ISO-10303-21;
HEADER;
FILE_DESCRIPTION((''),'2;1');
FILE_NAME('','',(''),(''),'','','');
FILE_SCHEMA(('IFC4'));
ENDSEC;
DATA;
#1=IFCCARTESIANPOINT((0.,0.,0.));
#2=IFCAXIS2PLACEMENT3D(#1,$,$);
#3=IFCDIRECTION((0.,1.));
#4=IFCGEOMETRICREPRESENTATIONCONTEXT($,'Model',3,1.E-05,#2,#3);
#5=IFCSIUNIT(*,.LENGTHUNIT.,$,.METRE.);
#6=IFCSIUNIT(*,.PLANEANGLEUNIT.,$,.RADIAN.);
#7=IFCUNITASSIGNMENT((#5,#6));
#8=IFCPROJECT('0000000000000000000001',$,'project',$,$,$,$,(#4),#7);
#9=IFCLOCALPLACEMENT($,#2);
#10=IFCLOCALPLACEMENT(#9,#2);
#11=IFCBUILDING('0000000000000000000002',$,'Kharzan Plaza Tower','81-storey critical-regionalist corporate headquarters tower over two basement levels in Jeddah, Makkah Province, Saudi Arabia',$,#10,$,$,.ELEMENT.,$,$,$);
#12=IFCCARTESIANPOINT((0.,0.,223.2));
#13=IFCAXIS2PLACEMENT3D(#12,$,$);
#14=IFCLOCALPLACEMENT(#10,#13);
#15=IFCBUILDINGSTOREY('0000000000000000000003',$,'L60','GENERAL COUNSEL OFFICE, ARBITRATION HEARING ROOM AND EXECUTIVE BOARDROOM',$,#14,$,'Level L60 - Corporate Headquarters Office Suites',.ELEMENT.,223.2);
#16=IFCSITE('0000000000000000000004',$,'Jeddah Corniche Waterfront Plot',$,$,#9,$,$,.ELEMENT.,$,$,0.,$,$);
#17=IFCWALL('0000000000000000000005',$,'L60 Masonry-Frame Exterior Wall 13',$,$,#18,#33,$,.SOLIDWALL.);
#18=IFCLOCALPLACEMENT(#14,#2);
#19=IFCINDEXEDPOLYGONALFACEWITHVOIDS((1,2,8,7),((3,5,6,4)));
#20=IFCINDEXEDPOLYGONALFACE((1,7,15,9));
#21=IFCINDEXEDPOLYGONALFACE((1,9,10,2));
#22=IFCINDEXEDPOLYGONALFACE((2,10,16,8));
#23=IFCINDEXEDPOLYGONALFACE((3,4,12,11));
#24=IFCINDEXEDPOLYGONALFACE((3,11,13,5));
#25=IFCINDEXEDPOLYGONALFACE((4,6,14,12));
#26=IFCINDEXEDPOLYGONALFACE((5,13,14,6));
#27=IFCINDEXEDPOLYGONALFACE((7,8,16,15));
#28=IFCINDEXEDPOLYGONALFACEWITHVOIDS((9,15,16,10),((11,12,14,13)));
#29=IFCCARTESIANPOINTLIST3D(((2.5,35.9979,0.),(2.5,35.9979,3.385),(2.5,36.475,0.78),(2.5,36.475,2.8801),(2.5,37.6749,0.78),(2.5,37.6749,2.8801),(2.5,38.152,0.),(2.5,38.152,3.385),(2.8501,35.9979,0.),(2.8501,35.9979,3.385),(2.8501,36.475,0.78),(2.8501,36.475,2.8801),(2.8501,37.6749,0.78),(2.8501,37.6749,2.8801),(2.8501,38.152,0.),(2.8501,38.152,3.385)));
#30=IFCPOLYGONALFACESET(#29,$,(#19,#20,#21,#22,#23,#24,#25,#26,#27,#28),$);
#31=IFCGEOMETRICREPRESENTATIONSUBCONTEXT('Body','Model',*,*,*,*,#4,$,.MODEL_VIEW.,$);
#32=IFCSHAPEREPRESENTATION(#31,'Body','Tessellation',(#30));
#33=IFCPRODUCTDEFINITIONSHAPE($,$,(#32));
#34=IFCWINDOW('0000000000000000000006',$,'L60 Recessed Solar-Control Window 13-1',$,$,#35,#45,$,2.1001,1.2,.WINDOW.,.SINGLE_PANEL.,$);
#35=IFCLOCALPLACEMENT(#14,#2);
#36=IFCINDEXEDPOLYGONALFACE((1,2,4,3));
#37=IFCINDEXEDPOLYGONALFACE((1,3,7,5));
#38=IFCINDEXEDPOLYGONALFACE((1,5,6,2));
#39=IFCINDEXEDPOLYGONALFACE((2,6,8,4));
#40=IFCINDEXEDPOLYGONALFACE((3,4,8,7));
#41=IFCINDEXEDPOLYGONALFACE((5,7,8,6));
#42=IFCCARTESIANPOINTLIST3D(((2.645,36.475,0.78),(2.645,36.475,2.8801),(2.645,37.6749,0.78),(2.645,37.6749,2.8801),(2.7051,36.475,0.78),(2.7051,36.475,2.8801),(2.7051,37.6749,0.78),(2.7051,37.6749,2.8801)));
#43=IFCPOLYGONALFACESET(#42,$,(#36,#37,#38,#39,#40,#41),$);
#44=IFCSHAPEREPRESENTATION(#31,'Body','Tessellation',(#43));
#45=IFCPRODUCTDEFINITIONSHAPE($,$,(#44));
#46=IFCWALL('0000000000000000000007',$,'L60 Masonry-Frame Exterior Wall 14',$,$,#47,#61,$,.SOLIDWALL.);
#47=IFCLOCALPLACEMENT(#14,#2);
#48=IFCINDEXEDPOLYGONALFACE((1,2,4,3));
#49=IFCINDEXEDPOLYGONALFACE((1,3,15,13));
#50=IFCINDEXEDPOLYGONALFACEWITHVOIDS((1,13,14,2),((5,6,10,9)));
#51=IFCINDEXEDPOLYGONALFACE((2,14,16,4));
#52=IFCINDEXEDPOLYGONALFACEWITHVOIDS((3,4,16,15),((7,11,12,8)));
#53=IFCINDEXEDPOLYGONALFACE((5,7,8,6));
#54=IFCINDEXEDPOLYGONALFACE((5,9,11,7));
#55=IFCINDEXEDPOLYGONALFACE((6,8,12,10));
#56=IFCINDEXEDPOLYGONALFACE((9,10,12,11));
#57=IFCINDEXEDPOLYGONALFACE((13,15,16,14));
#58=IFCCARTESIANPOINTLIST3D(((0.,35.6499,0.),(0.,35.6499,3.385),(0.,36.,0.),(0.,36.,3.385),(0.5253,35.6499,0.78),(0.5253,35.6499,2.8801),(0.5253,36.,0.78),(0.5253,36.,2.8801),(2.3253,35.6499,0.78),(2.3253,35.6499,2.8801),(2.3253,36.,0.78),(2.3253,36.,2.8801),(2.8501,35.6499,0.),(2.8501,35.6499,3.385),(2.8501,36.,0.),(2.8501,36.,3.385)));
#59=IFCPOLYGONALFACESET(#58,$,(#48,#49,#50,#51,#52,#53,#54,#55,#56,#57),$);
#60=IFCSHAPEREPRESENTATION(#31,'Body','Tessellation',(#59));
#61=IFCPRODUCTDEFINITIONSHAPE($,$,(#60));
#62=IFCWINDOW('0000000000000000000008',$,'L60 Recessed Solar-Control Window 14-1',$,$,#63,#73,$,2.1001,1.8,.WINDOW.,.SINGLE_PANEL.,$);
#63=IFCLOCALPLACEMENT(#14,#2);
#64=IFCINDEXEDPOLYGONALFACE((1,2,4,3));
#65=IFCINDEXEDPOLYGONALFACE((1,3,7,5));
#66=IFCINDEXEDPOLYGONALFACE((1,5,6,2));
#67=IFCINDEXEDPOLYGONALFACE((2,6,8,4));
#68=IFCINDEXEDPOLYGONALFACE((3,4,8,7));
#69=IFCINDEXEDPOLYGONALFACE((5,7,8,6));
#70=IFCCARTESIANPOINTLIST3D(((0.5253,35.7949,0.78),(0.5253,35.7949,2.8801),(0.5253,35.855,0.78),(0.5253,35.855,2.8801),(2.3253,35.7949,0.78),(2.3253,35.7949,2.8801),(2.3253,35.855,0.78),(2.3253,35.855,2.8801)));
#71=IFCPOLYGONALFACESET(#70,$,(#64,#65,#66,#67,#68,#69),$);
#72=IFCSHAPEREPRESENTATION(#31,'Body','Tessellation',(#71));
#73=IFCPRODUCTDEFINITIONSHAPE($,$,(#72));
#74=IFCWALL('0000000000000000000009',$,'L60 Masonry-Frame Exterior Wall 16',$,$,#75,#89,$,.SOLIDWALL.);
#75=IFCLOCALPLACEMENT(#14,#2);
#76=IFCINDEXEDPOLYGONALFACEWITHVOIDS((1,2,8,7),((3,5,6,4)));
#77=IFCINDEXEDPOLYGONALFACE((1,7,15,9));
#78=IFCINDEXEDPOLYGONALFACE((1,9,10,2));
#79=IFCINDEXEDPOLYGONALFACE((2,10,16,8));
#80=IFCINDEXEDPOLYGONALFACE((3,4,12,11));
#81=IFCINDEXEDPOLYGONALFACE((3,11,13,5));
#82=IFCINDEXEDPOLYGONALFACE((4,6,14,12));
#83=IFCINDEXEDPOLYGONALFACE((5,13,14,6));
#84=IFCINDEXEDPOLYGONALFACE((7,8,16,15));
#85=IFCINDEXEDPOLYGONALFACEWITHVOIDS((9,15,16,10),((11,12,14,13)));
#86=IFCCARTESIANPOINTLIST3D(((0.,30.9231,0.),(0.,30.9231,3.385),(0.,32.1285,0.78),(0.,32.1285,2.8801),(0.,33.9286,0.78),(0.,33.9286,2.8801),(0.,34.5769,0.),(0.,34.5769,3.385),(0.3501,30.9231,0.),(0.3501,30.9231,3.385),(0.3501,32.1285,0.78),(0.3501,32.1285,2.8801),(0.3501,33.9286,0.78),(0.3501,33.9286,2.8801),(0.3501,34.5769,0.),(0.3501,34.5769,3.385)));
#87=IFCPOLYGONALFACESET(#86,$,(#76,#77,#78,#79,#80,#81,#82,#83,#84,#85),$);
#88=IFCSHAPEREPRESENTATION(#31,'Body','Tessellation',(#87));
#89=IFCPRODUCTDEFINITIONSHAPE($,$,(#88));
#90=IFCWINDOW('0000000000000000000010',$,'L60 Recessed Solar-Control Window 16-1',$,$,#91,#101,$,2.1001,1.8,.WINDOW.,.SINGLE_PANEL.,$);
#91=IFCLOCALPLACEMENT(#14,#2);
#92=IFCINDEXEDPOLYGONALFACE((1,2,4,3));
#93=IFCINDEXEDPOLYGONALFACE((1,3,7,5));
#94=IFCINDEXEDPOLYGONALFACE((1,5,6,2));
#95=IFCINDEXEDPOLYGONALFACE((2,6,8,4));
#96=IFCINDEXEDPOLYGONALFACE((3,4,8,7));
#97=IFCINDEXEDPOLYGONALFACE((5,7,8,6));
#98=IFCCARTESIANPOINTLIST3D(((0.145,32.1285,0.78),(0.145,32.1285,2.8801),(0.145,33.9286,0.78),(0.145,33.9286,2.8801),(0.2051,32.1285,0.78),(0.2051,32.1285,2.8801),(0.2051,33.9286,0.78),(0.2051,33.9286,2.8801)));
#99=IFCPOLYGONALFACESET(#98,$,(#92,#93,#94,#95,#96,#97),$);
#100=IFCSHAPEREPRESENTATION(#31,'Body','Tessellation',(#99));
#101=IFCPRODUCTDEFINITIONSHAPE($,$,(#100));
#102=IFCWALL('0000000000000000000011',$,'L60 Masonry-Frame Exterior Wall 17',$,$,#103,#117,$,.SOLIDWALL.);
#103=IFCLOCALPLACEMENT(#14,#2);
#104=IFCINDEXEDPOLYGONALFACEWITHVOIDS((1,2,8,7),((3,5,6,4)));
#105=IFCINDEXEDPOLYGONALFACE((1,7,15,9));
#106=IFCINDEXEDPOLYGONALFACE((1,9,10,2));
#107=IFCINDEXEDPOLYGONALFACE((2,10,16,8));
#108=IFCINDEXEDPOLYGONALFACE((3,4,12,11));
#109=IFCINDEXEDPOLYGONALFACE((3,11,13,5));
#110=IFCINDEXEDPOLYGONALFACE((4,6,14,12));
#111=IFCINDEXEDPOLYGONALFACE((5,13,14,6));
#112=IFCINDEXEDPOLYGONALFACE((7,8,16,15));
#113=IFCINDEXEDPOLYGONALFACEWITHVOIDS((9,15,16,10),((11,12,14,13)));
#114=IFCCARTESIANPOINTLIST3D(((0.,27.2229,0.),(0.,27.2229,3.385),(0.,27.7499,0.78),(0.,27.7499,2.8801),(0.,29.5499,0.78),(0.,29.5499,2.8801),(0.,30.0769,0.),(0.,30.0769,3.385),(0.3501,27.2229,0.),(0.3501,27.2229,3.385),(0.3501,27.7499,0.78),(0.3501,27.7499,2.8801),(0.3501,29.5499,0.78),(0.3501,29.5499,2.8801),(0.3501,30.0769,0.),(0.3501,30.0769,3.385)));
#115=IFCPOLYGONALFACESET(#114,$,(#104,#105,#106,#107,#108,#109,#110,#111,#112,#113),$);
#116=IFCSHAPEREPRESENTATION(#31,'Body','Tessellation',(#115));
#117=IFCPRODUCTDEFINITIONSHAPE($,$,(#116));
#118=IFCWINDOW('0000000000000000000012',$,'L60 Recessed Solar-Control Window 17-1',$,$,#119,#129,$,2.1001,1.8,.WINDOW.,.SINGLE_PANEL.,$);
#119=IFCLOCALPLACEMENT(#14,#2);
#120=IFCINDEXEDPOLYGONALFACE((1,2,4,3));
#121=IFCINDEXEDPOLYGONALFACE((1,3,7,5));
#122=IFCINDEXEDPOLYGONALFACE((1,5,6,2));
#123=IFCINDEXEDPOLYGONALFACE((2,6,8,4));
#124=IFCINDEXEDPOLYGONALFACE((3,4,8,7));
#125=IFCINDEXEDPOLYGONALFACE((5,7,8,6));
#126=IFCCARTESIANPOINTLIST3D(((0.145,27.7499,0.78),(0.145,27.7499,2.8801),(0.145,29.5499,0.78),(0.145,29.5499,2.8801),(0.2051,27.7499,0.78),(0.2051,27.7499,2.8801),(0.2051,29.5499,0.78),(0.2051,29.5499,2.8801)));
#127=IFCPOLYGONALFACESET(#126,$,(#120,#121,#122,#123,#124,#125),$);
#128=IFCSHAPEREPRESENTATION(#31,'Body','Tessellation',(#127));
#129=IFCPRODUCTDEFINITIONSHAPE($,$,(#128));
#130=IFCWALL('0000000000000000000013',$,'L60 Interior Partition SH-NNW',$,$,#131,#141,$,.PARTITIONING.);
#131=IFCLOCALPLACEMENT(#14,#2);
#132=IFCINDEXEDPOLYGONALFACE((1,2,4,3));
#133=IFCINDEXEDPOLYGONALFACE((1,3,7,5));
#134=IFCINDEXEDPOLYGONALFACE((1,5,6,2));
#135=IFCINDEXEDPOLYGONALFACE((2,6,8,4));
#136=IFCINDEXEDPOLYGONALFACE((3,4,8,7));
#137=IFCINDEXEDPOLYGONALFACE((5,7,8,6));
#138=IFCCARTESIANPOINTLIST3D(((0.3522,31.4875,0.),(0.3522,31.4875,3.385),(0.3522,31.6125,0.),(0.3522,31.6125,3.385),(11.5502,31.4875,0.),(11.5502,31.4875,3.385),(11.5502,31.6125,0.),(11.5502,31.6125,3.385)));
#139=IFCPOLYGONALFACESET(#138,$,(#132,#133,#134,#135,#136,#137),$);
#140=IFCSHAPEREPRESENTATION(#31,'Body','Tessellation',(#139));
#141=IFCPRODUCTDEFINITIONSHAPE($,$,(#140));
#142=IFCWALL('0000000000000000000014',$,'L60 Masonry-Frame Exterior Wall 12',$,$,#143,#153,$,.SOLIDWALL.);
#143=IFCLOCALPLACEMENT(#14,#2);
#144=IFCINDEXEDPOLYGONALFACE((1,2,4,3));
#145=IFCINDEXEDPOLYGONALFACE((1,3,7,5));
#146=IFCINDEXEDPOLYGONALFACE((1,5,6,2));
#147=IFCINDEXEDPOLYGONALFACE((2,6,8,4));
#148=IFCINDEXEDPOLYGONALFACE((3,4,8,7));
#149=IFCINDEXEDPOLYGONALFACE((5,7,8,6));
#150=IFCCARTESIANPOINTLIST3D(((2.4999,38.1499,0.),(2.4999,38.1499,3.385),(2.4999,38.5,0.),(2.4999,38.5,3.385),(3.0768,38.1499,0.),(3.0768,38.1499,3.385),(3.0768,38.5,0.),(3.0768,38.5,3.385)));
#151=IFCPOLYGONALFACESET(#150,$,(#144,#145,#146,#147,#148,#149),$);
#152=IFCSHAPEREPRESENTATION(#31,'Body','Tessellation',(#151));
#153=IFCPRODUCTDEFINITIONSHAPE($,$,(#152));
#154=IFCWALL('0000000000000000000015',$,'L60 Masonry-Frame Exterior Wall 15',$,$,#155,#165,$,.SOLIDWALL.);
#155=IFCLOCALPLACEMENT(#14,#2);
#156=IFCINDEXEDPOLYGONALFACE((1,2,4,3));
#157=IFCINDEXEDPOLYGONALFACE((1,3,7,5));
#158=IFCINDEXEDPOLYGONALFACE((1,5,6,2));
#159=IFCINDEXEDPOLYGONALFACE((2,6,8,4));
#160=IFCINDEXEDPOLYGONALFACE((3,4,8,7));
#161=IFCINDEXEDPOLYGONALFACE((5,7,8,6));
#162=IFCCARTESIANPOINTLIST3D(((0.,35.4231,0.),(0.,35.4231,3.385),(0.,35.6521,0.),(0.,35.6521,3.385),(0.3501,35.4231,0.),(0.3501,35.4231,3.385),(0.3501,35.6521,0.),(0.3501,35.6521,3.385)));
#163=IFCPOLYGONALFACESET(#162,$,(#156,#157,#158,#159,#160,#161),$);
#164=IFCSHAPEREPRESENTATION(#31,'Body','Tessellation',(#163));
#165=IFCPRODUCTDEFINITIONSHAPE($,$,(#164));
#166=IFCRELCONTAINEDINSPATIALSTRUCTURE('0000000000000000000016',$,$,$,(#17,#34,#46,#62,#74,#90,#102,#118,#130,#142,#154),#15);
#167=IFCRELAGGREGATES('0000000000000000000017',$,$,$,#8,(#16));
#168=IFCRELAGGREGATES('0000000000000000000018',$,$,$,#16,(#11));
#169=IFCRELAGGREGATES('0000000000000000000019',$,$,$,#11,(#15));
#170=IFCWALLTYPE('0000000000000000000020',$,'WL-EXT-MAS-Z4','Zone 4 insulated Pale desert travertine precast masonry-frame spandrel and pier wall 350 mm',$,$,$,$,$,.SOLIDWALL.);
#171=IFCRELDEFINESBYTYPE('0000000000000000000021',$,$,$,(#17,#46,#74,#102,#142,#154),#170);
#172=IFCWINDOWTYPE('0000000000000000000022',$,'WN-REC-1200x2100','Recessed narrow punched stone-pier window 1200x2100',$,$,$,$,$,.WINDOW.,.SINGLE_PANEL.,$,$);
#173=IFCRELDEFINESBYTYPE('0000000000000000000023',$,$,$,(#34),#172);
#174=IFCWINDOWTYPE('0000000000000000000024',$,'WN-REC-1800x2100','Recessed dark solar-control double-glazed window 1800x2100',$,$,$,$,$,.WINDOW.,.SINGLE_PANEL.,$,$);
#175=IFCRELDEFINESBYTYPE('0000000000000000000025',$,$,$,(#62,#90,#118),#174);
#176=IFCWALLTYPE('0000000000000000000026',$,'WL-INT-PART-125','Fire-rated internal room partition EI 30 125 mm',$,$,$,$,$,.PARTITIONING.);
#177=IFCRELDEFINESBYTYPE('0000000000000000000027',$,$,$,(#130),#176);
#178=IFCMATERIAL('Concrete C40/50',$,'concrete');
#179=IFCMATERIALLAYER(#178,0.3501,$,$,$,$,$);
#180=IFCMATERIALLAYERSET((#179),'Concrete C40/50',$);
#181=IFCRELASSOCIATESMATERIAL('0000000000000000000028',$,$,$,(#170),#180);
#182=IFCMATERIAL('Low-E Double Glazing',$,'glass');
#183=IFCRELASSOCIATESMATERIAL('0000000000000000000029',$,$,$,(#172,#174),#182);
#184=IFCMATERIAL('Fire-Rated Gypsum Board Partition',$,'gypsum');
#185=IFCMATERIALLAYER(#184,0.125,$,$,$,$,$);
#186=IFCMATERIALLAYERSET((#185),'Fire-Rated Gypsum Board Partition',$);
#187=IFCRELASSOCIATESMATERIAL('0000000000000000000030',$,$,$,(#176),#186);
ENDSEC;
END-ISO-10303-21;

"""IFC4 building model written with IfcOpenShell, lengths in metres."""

from ifc_helpers import new_model, si_unit, direction, frame, frame_2d, origin, place, context, subcontext, project, spatial, rectangle, extrude, source, transform, mapped, material, layer, layer_set, type_object, element, fill, save


model = new_model("IFC4")

# Units and contexts
model_context = context("Model", 3, precision=1e-05, world=origin(), true_north=direction((0.0, 1.0)))
body_context = subcontext(model_context, "Body", "Model", "MODEL_VIEW")
ifc_project = project(units=[si_unit("LENGTHUNIT", "METRE"), si_unit("PLANEANGLEUNIT", "RADIAN")], contexts=[model_context])

# Site, building, storey
site_placement = place(None, origin())
site = spatial("IfcSite", under=ifc_project, at=site_placement, Name="Jeddah Corniche Waterfront Plot", CompositionType="ELEMENT", RefElevation=0.0)
building_placement = place(site_placement, origin())
building = spatial("IfcBuilding", under=site, at=building_placement, Name="Kharzan Plaza Tower", Description="81-storey critical-regionalist corporate headquarters tower over two basement levels in Jeddah, Makkah Province, Saudi Arabia", CompositionType="ELEMENT")
storey_placement = place(building_placement, frame((0.0, 0.0, 223.2)))
storey = spatial("IfcBuildingStorey", under=building, at=storey_placement, Name="L60", Description="GENERAL COUNSEL OFFICE, ARBITRATION HEARING ROOM AND EXECUTIVE BOARDROOM", LongName="Level L60 - Corporate Headquarters Office Suites", CompositionType="ELEMENT", Elevation=223.2)

# Walls, openings, windows
ifc_material_1 = material(Name="Concrete C40/50", Category="concrete")
ifc_layer_1 = layer(ifc_material_1, 0.3501)
ifc_layer_set_1 = layer_set([ifc_layer_1], Name="Concrete C40/50")
wall_type_1 = type_object("IfcWallType", Name="WL-EXT-MAS-Z4", Description="Zone 4 insulated Pale desert travertine precast masonry-frame spandrel and pier wall 350 mm", PredefinedType="SOLIDWALL", material=ifc_layer_set_1)
wall_1_placement = place(storey_placement, frame((2.675, 38.1521, 0.0), z_axis=(0.0, 0.0, 1.0), x_axis=(0.0, -1.0, 0.0)))
wall_1 = element("IfcWall", 1, at=wall_1_placement, inside=storey, type_object=wall_type_1, Name="L60 Masonry-Frame Exterior Wall 13", PredefinedType="SOLIDWALL", context=body_context, shape_type="SweptSolid", body=[
    extrude(rectangle(XDim=2.1541, YDim=0.3501, at=frame_2d((1.0771, 0.0))), origin(), (0.0, 0.0, 1.0), 3.385),
])
opening_1_placement = place(wall_1_placement, frame((0.4771, 0.0, 0.78)))
opening_1 = element("IfcOpeningElement", 2, at=opening_1_placement, cuts=wall_1, PredefinedType="OPENING", context=body_context, shape_type="SweptSolid", body=[
    extrude(rectangle(XDim=1.2, YDim=2.1001, at=frame_2d((0.6001, 1.05))), frame((0.0, 0.1851, 0.0), z_axis=(0.0, -1.0, 0.0), x_axis=(1.0, 0.0, 0.0)), (0.0, 0.0, 1.0), 0.3701),
])
ifc_material_2 = material(Name="Low-E Double Glazing", Category="glass")
window_type_1 = type_object("IfcWindowType", Name="WN-REC-1200x2100", Description="Recessed narrow punched stone-pier window 1200x2100", PartitioningType="SINGLE_PANEL", PredefinedType="WINDOW", material=ifc_material_2)
shared_shape_1 = source(origin(), body_context, "Body", "SweptSolid", [
    extrude(rectangle(XDim=1.2, YDim=2.1001, at=frame_2d((0.6001, 1.05))), frame((0.0, 0.03, 0.0), z_axis=(0.0, -1.0, 0.0), x_axis=(1.0, 0.0, 0.0)), (0.0, 0.0, 1.0), 0.0601),
])
window_1_placement = place(opening_1_placement, origin())
window_1 = element("IfcWindow", 3, at=window_1_placement, inside=storey, type_object=window_type_1, Name="L60 Recessed Solar-Control Window 13-1", OverallHeight=2.1001, OverallWidth=1.2, PartitioningType="SINGLE_PANEL", PredefinedType="WINDOW", context=body_context, shape_type="MappedRepresentation", body=[
    mapped(shared_shape_1, transform((0.0, 0.0, 0.0), x_axis=(1.0, 0.0, 0.0), y_axis=(0.0, 1.0, 0.0), z_axis=(0.0, 0.0, 1.0))),
])
fill(opening_1, window_1)
wall_2_placement = place(storey_placement, frame((2.8501, 35.825, 0.0), z_axis=(0.0, 0.0, 1.0), x_axis=(-1.0, 0.0, 0.0)))
wall_2 = element("IfcWall", 4, at=wall_2_placement, inside=storey, type_object=wall_type_1, Name="L60 Masonry-Frame Exterior Wall 14", PredefinedType="SOLIDWALL", context=body_context, shape_type="SweptSolid", body=[
    extrude(rectangle(XDim=2.8501, YDim=0.3501, at=frame_2d((1.425, 0.0))), origin(), (0.0, 0.0, 1.0), 3.385),
])
opening_2_placement = place(wall_2_placement, frame((0.5249, 0.0, 0.78)))
opening_2 = element("IfcOpeningElement", 5, at=opening_2_placement, cuts=wall_2, PredefinedType="OPENING", context=body_context, shape_type="SweptSolid", body=[
    extrude(rectangle(XDim=1.8, YDim=2.1001, at=frame_2d((0.8999, 1.05))), frame((0.0, 0.1851, 0.0), z_axis=(0.0, -1.0, 0.0), x_axis=(1.0, 0.0, 0.0)), (0.0, 0.0, 1.0), 0.3701),
])
window_type_2 = type_object("IfcWindowType", Name="WN-REC-1800x2100", Description="Recessed dark solar-control double-glazed window 1800x2100", PartitioningType="SINGLE_PANEL", PredefinedType="WINDOW", material=ifc_material_2)
shared_shape_2 = source(origin(), body_context, "Body", "SweptSolid", [
    extrude(rectangle(XDim=1.8, YDim=2.1001, at=frame_2d((0.8999, 1.05))), frame((0.0, 0.03, 0.0), z_axis=(0.0, -1.0, 0.0), x_axis=(1.0, 0.0, 0.0)), (0.0, 0.0, 1.0), 0.0601),
])
window_2_placement = place(opening_2_placement, origin())
window_2 = element("IfcWindow", 6, at=window_2_placement, inside=storey, type_object=window_type_2, Name="L60 Recessed Solar-Control Window 14-1", OverallHeight=2.1001, OverallWidth=1.8, PartitioningType="SINGLE_PANEL", PredefinedType="WINDOW", context=body_context, shape_type="MappedRepresentation", body=[
    mapped(shared_shape_2, transform((0.0, 0.0, 0.0), x_axis=(1.0, 0.0, 0.0), y_axis=(0.0, 1.0, 0.0), z_axis=(0.0, 0.0, 1.0))),
])
fill(opening_2, window_2)
wall_3_placement = place(storey_placement, frame((0.175, 34.5769, 0.0), z_axis=(0.0, 0.0, 1.0), x_axis=(0.0, -1.0, 0.0)))
wall_3 = element("IfcWall", 7, at=wall_3_placement, inside=storey, type_object=wall_type_1, Name="L60 Masonry-Frame Exterior Wall 16", PredefinedType="SOLIDWALL", context=body_context, shape_type="SweptSolid", body=[
    extrude(rectangle(XDim=3.6538, YDim=0.3501, at=frame_2d((1.8269, 0.0))), origin(), (0.0, 0.0, 1.0), 3.385),
])
opening_3_placement = place(wall_3_placement, frame((0.6484, 0.0, 0.78)))
opening_3 = element("IfcOpeningElement", 8, at=opening_3_placement, cuts=wall_3, PredefinedType="OPENING", context=body_context, shape_type="SweptSolid", body=[
    extrude(rectangle(XDim=1.8, YDim=2.1001, at=frame_2d((0.8999, 1.05))), frame((0.0, 0.1851, 0.0), z_axis=(0.0, -1.0, 0.0), x_axis=(1.0, 0.0, 0.0)), (0.0, 0.0, 1.0), 0.3701),
])
window_3_placement = place(opening_3_placement, origin())
window_3 = element("IfcWindow", 9, at=window_3_placement, inside=storey, type_object=window_type_2, Name="L60 Recessed Solar-Control Window 16-1", OverallHeight=2.1001, OverallWidth=1.8, PartitioningType="SINGLE_PANEL", PredefinedType="WINDOW", context=body_context, shape_type="MappedRepresentation", body=[
    mapped(shared_shape_2, transform((0.0, 0.0, 0.0), x_axis=(1.0, 0.0, 0.0), y_axis=(0.0, 1.0, 0.0), z_axis=(0.0, 0.0, 1.0))),
])
fill(opening_3, window_3)
wall_4_placement = place(storey_placement, frame((0.175, 30.0769, 0.0), z_axis=(0.0, 0.0, 1.0), x_axis=(0.0, -1.0, 0.0)))
wall_4 = element("IfcWall", 10, at=wall_4_placement, inside=storey, type_object=wall_type_1, Name="L60 Masonry-Frame Exterior Wall 17", PredefinedType="SOLIDWALL", context=body_context, shape_type="SweptSolid", body=[
    extrude(rectangle(XDim=2.854, YDim=0.3501, at=frame_2d((1.427, 0.0))), origin(), (0.0, 0.0, 1.0), 3.385),
])
opening_4_placement = place(wall_4_placement, frame((0.5271, 0.0, 0.78)))
opening_4 = element("IfcOpeningElement", 11, at=opening_4_placement, cuts=wall_4, PredefinedType="OPENING", context=body_context, shape_type="SweptSolid", body=[
    extrude(rectangle(XDim=1.8, YDim=2.1001, at=frame_2d((0.8999, 1.05))), frame((0.0, 0.1851, 0.0), z_axis=(0.0, -1.0, 0.0), x_axis=(1.0, 0.0, 0.0)), (0.0, 0.0, 1.0), 0.3701),
])
window_4_placement = place(opening_4_placement, origin())
window_4 = element("IfcWindow", 12, at=window_4_placement, inside=storey, type_object=window_type_2, Name="L60 Recessed Solar-Control Window 17-1", OverallHeight=2.1001, OverallWidth=1.8, PartitioningType="SINGLE_PANEL", PredefinedType="WINDOW", context=body_context, shape_type="MappedRepresentation", body=[
    mapped(shared_shape_2, transform((0.0, 0.0, 0.0), x_axis=(1.0, 0.0, 0.0), y_axis=(0.0, 1.0, 0.0), z_axis=(0.0, 0.0, 1.0))),
])
fill(opening_4, window_4)

# Shared definitions
ifc_material_3 = material(Name="Fire-Rated Gypsum Board Partition", Category="gypsum")
ifc_layer_2 = layer(ifc_material_3, 0.125)
ifc_layer_set_2 = layer_set([ifc_layer_2], Name="Fire-Rated Gypsum Board Partition")
wall_type_2 = type_object("IfcWallType", Name="WL-INT-PART-125", Description="Fire-rated internal room partition EI 30 125 mm", PredefinedType="PARTITIONING", material=ifc_layer_set_2)

# Walls
shared_shape_3 = source(origin(), body_context, "Body", "SweptSolid", [
    extrude(rectangle(XDim=11.198, YDim=0.125, at=frame_2d((5.5991, 0.0))), origin(), (0.0, 0.0, 1.0), 3.385),
])
wall_5_placement = place(storey_placement, frame((0.3521, 31.55, 0.0), z_axis=(0.0, 0.0, 1.0), x_axis=(1.0, 0.0, 0.0)))
element("IfcWall", 13, at=wall_5_placement, inside=storey, type_object=wall_type_2, Name="L60 Interior Partition SH-NNW", PredefinedType="PARTITIONING", context=body_context, shape_type="MappedRepresentation", body=[
    mapped(shared_shape_3, transform((0.0, 0.0, 0.0), x_axis=(1.0, 0.0, 0.0), y_axis=(0.0, 1.0, 0.0), z_axis=(0.0, 0.0, 1.0))),
])
shared_shape_4 = source(origin(), body_context, "Body", "SweptSolid", [
    extrude(rectangle(XDim=0.5769, YDim=0.3501, at=frame_2d((0.2886, 0.0))), origin(), (0.0, 0.0, 1.0), 3.385),
])
wall_6_placement = place(storey_placement, frame((3.0769, 38.325, 0.0), z_axis=(0.0, 0.0, 1.0), x_axis=(-1.0, 0.0, 0.0)))
element("IfcWall", 14, at=wall_6_placement, inside=storey, type_object=wall_type_1, Name="L60 Masonry-Frame Exterior Wall 12", PredefinedType="SOLIDWALL", context=body_context, shape_type="MappedRepresentation", body=[
    mapped(shared_shape_4, transform((0.0, 0.0, 0.0), x_axis=(1.0, 0.0, 0.0), y_axis=(0.0, 1.0, 0.0), z_axis=(0.0, 0.0, 1.0))),
])
shared_shape_5 = source(origin(), body_context, "Body", "SweptSolid", [
    extrude(rectangle(XDim=0.229, YDim=0.3501, at=frame_2d((0.1145, 0.0))), origin(), (0.0, 0.0, 1.0), 3.385),
])
wall_7_placement = place(storey_placement, frame((0.175, 35.6521, 0.0), z_axis=(0.0, 0.0, 1.0), x_axis=(0.0, -1.0, 0.0)))
element("IfcWall", 15, at=wall_7_placement, inside=storey, type_object=wall_type_1, Name="L60 Masonry-Frame Exterior Wall 15", PredefinedType="SOLIDWALL", context=body_context, shape_type="MappedRepresentation", body=[
    mapped(shared_shape_5, transform((0.0, 0.0, 0.0), x_axis=(1.0, 0.0, 0.0), y_axis=(0.0, 1.0, 0.0), z_axis=(0.0, 0.0, 1.0))),
])

save(model, "model.ifc")
